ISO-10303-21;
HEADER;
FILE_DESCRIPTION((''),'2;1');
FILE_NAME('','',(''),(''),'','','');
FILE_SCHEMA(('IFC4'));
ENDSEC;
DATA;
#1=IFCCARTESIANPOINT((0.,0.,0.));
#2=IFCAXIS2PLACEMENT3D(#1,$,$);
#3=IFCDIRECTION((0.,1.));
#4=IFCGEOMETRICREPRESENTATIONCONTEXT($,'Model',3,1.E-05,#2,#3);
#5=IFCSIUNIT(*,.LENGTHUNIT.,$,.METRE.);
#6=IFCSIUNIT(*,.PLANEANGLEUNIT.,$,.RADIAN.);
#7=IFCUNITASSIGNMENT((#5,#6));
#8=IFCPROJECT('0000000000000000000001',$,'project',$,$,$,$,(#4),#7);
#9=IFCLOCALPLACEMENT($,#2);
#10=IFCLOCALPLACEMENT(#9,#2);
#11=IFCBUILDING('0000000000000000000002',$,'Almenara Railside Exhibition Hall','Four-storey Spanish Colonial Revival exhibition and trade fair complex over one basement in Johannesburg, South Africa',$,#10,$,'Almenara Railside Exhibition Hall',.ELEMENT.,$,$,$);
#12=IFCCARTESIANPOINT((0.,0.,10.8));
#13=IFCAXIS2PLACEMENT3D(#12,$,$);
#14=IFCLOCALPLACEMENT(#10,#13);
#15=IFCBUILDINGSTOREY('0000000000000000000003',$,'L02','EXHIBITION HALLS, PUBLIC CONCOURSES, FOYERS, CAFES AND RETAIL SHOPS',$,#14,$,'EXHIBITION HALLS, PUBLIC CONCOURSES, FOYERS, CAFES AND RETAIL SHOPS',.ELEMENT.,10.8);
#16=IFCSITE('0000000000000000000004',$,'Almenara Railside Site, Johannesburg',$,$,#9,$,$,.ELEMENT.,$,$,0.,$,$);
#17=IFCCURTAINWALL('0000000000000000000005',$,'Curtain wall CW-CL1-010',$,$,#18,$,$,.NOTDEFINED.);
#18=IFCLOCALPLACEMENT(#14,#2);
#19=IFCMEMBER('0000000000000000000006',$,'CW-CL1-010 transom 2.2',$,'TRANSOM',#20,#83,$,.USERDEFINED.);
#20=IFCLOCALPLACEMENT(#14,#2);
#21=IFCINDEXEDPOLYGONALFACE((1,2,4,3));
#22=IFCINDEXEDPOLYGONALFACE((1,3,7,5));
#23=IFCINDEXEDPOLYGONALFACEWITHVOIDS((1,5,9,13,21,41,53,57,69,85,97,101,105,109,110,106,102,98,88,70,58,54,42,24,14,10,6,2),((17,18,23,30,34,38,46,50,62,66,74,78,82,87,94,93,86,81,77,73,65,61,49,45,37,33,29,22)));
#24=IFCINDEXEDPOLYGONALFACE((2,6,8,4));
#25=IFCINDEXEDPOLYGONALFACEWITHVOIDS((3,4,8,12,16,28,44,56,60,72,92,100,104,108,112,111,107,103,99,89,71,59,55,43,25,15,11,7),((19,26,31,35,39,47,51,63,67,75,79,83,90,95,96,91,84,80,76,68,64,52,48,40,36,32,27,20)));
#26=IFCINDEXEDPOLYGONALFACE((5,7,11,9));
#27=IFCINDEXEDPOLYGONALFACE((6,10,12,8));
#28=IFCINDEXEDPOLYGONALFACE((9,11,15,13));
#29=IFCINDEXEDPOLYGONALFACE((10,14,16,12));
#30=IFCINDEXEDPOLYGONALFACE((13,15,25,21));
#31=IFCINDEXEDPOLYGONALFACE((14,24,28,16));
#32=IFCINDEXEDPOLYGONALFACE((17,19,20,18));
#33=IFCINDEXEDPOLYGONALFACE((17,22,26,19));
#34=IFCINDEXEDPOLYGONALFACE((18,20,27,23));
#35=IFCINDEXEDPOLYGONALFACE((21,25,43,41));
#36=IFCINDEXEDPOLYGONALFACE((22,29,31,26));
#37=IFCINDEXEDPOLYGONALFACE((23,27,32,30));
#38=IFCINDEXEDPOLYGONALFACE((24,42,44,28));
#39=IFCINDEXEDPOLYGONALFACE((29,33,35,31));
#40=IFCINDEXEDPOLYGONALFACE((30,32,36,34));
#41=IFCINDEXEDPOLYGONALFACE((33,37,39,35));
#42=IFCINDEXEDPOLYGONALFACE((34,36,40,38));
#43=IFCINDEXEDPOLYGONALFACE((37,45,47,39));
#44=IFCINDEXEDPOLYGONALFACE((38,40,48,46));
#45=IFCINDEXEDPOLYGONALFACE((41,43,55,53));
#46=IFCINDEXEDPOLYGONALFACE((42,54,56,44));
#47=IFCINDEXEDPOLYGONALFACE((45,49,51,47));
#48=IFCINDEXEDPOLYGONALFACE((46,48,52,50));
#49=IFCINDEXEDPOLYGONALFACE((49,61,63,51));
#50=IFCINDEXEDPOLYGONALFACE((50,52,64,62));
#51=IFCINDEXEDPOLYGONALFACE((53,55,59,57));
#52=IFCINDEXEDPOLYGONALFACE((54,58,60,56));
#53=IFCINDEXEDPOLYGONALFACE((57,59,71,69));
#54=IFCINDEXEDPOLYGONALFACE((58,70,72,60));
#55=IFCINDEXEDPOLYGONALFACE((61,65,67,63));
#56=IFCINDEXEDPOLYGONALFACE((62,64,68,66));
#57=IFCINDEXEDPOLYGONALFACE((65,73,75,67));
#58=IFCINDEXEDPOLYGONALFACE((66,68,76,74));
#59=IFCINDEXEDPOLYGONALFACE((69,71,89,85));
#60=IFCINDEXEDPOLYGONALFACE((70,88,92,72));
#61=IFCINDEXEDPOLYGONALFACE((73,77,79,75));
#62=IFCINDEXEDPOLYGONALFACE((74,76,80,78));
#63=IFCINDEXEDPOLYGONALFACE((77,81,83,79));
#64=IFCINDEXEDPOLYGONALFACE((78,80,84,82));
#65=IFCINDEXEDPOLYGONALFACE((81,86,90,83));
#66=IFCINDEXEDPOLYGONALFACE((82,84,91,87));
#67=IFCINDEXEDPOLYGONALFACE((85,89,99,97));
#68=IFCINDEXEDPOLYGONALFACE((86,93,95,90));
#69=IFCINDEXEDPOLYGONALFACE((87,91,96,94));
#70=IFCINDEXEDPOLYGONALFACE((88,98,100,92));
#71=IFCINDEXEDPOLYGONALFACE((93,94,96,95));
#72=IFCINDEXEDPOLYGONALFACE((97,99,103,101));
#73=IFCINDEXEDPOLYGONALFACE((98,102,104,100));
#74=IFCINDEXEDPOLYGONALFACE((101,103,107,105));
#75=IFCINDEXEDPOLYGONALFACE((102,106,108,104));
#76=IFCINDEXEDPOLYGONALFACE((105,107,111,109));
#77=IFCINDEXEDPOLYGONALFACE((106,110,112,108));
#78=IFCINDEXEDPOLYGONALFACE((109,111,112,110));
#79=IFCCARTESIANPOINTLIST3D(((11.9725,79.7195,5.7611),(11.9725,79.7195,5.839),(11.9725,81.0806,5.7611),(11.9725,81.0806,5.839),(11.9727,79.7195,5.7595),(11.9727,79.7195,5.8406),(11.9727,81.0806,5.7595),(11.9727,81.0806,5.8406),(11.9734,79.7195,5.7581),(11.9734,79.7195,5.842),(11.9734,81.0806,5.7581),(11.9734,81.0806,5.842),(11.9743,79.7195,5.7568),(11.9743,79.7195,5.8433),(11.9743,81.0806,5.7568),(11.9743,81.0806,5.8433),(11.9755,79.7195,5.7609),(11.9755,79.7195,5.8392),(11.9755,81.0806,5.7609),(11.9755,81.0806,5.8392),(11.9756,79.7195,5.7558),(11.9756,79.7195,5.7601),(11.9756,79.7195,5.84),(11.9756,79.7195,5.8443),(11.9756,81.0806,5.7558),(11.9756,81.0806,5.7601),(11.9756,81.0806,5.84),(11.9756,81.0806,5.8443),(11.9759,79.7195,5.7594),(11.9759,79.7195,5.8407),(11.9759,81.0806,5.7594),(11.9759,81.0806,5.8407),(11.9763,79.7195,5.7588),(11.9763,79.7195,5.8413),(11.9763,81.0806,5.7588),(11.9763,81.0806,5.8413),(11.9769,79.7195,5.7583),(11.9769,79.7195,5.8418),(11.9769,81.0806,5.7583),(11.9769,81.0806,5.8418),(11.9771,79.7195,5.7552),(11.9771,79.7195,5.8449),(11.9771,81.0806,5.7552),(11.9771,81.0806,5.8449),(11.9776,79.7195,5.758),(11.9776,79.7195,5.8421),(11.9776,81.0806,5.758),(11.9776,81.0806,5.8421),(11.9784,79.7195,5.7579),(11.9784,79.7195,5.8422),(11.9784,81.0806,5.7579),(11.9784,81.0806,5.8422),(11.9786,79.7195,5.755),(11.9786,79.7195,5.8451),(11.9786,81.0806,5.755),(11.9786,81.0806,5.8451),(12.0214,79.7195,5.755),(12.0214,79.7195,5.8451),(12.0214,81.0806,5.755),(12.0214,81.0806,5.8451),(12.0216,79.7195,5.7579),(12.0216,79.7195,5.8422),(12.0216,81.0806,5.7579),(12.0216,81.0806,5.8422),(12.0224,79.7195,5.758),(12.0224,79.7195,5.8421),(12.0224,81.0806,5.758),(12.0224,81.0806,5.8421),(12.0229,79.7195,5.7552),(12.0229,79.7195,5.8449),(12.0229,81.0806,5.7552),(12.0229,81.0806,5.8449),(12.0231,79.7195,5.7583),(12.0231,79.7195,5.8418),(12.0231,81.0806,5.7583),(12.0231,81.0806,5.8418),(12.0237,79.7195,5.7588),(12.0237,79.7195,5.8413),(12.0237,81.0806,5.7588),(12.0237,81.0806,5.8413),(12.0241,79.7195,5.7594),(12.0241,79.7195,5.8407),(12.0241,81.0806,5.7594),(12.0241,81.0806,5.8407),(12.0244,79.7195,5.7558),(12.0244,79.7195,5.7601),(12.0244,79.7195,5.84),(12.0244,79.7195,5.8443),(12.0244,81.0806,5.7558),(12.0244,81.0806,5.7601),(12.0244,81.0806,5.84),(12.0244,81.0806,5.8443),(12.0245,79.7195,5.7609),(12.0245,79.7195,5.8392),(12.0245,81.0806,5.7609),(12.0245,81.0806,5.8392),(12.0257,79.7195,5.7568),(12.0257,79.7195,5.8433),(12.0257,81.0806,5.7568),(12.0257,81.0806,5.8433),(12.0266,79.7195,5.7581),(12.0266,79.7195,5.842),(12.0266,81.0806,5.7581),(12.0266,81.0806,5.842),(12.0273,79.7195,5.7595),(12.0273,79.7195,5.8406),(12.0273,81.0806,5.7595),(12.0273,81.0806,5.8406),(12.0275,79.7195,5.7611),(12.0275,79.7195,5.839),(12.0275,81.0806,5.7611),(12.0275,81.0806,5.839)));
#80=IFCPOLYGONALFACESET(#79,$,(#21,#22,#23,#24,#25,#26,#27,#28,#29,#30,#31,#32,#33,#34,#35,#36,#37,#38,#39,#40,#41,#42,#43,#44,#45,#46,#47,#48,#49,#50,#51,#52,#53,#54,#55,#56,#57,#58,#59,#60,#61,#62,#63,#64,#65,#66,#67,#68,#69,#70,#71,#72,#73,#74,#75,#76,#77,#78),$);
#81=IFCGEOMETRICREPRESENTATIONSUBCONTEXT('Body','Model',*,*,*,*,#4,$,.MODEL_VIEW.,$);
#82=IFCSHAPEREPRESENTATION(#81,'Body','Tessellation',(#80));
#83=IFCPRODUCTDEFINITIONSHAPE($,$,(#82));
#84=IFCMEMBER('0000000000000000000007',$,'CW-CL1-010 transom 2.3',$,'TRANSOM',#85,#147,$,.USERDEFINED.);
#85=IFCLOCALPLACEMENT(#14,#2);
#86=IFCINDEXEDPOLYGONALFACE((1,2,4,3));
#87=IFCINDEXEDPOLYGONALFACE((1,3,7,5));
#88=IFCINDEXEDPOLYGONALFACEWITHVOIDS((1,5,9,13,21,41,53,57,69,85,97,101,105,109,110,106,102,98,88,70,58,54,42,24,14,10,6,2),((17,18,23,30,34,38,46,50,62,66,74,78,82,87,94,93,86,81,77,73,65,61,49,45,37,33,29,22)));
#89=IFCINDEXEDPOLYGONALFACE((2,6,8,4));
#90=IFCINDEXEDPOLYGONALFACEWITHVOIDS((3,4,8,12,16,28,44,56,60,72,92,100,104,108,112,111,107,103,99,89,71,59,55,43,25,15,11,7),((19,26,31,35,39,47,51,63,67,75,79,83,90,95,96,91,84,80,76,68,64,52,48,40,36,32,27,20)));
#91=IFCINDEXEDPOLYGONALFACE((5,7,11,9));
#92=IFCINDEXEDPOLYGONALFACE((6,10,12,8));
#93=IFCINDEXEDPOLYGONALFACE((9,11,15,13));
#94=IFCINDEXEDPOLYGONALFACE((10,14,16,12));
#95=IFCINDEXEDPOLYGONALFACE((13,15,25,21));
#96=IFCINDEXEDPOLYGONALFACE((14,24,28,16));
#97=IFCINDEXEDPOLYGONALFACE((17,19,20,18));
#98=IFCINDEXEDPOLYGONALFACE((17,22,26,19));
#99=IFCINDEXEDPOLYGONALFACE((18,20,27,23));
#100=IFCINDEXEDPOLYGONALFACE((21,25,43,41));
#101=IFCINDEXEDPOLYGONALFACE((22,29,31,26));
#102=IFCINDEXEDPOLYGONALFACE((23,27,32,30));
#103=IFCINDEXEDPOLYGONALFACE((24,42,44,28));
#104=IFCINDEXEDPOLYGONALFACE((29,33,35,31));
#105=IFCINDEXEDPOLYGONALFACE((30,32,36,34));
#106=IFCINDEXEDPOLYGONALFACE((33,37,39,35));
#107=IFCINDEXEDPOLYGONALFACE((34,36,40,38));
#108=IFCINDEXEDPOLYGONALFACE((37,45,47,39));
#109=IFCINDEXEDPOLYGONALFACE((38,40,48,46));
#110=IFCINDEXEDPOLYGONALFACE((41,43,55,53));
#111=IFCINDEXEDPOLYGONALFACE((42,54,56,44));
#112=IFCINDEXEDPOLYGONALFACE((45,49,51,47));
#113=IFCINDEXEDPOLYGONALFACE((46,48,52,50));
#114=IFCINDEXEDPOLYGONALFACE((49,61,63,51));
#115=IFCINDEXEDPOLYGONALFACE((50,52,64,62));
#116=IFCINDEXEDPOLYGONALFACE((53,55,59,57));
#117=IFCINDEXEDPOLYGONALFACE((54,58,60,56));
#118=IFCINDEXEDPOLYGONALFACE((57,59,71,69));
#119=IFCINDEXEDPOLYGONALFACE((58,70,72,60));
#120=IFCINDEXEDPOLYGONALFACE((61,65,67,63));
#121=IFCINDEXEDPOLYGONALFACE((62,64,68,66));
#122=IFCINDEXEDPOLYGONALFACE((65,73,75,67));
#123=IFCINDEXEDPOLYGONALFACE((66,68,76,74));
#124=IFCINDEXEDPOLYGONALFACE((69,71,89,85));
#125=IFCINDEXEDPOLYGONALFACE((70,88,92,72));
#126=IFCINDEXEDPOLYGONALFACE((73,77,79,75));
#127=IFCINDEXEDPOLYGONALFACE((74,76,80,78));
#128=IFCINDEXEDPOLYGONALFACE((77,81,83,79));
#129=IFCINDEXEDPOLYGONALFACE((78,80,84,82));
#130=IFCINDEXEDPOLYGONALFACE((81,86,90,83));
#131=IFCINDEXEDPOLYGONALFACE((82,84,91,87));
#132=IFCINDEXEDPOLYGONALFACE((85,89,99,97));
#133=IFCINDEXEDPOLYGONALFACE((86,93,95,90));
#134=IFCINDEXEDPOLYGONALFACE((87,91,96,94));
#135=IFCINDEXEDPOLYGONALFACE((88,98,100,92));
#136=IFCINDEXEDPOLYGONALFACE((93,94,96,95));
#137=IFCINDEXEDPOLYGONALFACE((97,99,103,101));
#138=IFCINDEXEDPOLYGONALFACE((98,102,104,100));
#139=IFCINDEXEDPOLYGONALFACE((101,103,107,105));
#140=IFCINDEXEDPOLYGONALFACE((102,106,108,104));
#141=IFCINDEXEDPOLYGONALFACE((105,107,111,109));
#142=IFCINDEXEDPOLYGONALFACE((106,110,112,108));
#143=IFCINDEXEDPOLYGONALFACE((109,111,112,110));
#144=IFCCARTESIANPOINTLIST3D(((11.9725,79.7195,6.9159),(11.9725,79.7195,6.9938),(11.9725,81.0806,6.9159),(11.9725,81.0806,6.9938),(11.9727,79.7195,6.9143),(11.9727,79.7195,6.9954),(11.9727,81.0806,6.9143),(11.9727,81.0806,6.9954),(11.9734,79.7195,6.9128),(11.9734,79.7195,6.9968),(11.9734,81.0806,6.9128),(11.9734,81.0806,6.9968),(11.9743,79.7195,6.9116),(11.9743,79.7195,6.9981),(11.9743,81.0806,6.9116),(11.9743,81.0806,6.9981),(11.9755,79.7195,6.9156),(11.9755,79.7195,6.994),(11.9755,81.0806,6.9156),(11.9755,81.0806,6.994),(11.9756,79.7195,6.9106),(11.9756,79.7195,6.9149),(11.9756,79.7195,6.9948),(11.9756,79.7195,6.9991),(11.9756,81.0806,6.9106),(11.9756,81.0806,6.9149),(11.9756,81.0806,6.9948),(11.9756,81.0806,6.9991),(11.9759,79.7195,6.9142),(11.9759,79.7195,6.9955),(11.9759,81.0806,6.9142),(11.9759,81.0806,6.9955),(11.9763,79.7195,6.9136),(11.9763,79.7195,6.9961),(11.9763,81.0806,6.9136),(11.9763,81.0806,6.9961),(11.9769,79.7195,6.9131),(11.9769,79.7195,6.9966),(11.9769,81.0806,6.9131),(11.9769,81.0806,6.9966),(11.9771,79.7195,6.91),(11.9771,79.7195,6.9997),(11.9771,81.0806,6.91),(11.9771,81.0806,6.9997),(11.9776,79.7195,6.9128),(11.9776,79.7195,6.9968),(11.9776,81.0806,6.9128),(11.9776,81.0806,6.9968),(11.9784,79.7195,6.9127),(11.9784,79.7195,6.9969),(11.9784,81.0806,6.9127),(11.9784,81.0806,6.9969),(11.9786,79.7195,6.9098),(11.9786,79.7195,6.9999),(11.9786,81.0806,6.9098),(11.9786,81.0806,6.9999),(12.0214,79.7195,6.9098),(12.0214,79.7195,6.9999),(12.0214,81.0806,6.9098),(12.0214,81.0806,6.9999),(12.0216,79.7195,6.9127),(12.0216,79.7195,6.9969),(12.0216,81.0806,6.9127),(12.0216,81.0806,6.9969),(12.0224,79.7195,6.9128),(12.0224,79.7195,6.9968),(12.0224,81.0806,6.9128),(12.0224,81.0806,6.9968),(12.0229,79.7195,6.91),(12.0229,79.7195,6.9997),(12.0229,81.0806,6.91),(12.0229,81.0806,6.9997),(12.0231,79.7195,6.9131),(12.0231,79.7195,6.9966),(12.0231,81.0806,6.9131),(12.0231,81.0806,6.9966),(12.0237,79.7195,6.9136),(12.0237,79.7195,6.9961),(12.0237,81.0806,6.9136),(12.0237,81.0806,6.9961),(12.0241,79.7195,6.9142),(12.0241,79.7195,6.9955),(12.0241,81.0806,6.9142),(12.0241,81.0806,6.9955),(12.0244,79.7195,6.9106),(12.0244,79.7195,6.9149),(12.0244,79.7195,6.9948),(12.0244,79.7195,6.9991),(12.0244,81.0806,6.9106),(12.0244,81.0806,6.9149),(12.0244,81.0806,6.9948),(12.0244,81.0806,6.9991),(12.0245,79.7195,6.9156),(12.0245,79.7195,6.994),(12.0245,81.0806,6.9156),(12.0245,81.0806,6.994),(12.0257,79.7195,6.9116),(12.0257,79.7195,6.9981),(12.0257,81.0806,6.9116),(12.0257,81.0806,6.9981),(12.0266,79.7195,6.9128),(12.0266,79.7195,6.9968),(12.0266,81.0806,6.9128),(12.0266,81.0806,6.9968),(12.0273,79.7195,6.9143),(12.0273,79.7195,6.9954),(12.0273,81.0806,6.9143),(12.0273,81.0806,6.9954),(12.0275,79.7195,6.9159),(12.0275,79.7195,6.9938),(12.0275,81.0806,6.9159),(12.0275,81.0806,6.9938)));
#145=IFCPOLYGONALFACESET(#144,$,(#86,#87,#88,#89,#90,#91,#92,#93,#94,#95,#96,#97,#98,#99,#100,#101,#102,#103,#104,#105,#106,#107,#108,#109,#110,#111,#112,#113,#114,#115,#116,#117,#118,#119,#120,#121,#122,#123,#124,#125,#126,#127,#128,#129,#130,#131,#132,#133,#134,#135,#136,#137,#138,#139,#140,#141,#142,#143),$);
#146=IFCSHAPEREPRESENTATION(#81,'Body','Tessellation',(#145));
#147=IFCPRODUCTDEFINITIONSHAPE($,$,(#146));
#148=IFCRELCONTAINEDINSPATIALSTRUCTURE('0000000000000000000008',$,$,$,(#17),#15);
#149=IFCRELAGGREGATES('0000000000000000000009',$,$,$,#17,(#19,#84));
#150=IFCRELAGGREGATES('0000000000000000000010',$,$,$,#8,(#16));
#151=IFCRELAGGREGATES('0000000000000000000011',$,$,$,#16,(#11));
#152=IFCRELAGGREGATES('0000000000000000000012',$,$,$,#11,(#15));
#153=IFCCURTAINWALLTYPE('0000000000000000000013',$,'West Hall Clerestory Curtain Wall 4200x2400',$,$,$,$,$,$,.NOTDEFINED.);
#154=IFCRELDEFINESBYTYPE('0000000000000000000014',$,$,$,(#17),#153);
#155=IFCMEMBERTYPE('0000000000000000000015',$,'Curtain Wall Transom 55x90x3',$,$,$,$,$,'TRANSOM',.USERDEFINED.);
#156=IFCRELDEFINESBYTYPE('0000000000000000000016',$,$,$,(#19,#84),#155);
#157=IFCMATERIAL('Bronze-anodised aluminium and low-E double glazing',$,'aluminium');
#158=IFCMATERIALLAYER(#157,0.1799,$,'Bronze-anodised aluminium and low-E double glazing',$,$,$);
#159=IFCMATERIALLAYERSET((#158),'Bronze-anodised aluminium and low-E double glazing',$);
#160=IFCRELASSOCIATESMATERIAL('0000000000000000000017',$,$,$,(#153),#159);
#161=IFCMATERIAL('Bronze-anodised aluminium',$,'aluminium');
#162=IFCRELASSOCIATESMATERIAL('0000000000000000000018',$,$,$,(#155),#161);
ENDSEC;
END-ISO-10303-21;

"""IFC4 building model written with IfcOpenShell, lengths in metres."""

from ifc_helpers import new_model, si_unit, direction, frame, origin, origin_2d, place, context, subcontext, project, spatial, hollow_rectangle, extrude, material, layer, layer_set, material_profile, profile_set, type_object, element, aggregate, save


model = new_model("IFC4")

# Units and contexts
model_context = context("Model", 3, precision=1e-05, world=origin(), true_north=direction((0.0, 1.0)))
body_context = subcontext(model_context, "Body", "Model", "MODEL_VIEW")
ifc_project = project(units=[si_unit("LENGTHUNIT", "METRE"), si_unit("PLANEANGLEUNIT", "RADIAN")], contexts=[model_context])

# Site, building, storey
site_placement = place(None, origin())
site = spatial("IfcSite", under=ifc_project, at=site_placement, Name="Almenara Railside Site, Johannesburg", CompositionType="ELEMENT", RefElevation=0.0)
building_placement = place(site_placement, origin())
building = spatial("IfcBuilding", under=site, at=building_placement, Name="Almenara Railside Exhibition Hall", Description="Four-storey Spanish Colonial Revival exhibition and trade fair complex over one basement in Johannesburg, South Africa", LongName="Almenara Railside Exhibition Hall", CompositionType="ELEMENT")
storey_placement = place(building_placement, frame((0.0, 0.0, 10.8)))
storey = spatial("IfcBuildingStorey", under=building, at=storey_placement, Name="L02", Description="EXHIBITION HALLS, PUBLIC CONCOURSES, FOYERS, CAFES AND RETAIL SHOPS", LongName="EXHIBITION HALLS, PUBLIC CONCOURSES, FOYERS, CAFES AND RETAIL SHOPS", CompositionType="ELEMENT", Elevation=10.8)

# Curtain wall
ifc_material_1 = material(Name="Bronze-anodised aluminium and low-E double glazing", Category="aluminium")
ifc_layer_1 = layer(ifc_material_1, 0.1799, Name="Bronze-anodised aluminium and low-E double glazing")
ifc_layer_set_1 = layer_set([ifc_layer_1], Name="Bronze-anodised aluminium and low-E double glazing")
curtain_wall_type = type_object("IfcCurtainWallType", Name="West Hall Clerestory Curtain Wall 4200x2400", PredefinedType="NOTDEFINED", material=ifc_layer_set_1)
curtain_wall_1_placement = place(storey_placement, origin())
curtain_wall_1 = element("IfcCurtainWall", 1, at=curtain_wall_1_placement, inside=storey, type_object=curtain_wall_type, Name="Curtain wall CW-CL1-010", PredefinedType="NOTDEFINED")
ifc_material_2 = material(Name="Bronze-anodised aluminium", Category="aluminium")

# Members
ifc_material_profile_1 = material_profile(ifc_material_2, hollow_rectangle(XDim=0.0549, YDim=0.0901, WallThickness=0.0029, InnerFilletRadius=0.0029, OuterFilletRadius=0.0061, at=origin_2d()), Name="ALU-TRN 55x90x3")
ifc_profile_set_1 = profile_set([ifc_material_profile_1], Name="Bronze-anodised aluminium")
member_type_1 = type_object("IfcMemberType", Name="Curtain Wall Transom 55x90x3", ElementType="TRANSOM", PredefinedType="USERDEFINED", material=ifc_profile_set_1)
member_1_placement = place(storey_placement, frame((12.0, 79.7195, 5.8), z_axis=(0.0, 1.0, 0.0), x_axis=(-1.0, 0.0, 0.0)))
member_1 = element("IfcMember", 2, at=member_1_placement, type_object=member_type_1, Name="CW-CL1-010 transom 2.2", ObjectType="TRANSOM", PredefinedType="USERDEFINED", context=body_context, shape_type="SweptSolid", body=[
    extrude(hollow_rectangle(XDim=0.0549, YDim=0.0901, WallThickness=0.0029, InnerFilletRadius=0.0029, OuterFilletRadius=0.0061, at=origin_2d()), origin(), (0.0, 0.0, 1.0), 1.3611),
])
member_2_placement = place(storey_placement, frame((12.0, 79.7195, 6.9548), z_axis=(0.0, 1.0, 0.0), x_axis=(-1.0, 0.0, 0.0)))
member_2 = element("IfcMember", 3, at=member_2_placement, type_object=member_type_1, Name="CW-CL1-010 transom 2.3", ObjectType="TRANSOM", PredefinedType="USERDEFINED", context=body_context, shape_type="SweptSolid", body=[
    extrude(hollow_rectangle(XDim=0.0549, YDim=0.0901, WallThickness=0.0029, InnerFilletRadius=0.0029, OuterFilletRadius=0.0061, at=origin_2d()), origin(), (0.0, 0.0, 1.0), 1.3611),
])

aggregate(curtain_wall_1, [member_1, member_2])

save(model, "model.ifc")
